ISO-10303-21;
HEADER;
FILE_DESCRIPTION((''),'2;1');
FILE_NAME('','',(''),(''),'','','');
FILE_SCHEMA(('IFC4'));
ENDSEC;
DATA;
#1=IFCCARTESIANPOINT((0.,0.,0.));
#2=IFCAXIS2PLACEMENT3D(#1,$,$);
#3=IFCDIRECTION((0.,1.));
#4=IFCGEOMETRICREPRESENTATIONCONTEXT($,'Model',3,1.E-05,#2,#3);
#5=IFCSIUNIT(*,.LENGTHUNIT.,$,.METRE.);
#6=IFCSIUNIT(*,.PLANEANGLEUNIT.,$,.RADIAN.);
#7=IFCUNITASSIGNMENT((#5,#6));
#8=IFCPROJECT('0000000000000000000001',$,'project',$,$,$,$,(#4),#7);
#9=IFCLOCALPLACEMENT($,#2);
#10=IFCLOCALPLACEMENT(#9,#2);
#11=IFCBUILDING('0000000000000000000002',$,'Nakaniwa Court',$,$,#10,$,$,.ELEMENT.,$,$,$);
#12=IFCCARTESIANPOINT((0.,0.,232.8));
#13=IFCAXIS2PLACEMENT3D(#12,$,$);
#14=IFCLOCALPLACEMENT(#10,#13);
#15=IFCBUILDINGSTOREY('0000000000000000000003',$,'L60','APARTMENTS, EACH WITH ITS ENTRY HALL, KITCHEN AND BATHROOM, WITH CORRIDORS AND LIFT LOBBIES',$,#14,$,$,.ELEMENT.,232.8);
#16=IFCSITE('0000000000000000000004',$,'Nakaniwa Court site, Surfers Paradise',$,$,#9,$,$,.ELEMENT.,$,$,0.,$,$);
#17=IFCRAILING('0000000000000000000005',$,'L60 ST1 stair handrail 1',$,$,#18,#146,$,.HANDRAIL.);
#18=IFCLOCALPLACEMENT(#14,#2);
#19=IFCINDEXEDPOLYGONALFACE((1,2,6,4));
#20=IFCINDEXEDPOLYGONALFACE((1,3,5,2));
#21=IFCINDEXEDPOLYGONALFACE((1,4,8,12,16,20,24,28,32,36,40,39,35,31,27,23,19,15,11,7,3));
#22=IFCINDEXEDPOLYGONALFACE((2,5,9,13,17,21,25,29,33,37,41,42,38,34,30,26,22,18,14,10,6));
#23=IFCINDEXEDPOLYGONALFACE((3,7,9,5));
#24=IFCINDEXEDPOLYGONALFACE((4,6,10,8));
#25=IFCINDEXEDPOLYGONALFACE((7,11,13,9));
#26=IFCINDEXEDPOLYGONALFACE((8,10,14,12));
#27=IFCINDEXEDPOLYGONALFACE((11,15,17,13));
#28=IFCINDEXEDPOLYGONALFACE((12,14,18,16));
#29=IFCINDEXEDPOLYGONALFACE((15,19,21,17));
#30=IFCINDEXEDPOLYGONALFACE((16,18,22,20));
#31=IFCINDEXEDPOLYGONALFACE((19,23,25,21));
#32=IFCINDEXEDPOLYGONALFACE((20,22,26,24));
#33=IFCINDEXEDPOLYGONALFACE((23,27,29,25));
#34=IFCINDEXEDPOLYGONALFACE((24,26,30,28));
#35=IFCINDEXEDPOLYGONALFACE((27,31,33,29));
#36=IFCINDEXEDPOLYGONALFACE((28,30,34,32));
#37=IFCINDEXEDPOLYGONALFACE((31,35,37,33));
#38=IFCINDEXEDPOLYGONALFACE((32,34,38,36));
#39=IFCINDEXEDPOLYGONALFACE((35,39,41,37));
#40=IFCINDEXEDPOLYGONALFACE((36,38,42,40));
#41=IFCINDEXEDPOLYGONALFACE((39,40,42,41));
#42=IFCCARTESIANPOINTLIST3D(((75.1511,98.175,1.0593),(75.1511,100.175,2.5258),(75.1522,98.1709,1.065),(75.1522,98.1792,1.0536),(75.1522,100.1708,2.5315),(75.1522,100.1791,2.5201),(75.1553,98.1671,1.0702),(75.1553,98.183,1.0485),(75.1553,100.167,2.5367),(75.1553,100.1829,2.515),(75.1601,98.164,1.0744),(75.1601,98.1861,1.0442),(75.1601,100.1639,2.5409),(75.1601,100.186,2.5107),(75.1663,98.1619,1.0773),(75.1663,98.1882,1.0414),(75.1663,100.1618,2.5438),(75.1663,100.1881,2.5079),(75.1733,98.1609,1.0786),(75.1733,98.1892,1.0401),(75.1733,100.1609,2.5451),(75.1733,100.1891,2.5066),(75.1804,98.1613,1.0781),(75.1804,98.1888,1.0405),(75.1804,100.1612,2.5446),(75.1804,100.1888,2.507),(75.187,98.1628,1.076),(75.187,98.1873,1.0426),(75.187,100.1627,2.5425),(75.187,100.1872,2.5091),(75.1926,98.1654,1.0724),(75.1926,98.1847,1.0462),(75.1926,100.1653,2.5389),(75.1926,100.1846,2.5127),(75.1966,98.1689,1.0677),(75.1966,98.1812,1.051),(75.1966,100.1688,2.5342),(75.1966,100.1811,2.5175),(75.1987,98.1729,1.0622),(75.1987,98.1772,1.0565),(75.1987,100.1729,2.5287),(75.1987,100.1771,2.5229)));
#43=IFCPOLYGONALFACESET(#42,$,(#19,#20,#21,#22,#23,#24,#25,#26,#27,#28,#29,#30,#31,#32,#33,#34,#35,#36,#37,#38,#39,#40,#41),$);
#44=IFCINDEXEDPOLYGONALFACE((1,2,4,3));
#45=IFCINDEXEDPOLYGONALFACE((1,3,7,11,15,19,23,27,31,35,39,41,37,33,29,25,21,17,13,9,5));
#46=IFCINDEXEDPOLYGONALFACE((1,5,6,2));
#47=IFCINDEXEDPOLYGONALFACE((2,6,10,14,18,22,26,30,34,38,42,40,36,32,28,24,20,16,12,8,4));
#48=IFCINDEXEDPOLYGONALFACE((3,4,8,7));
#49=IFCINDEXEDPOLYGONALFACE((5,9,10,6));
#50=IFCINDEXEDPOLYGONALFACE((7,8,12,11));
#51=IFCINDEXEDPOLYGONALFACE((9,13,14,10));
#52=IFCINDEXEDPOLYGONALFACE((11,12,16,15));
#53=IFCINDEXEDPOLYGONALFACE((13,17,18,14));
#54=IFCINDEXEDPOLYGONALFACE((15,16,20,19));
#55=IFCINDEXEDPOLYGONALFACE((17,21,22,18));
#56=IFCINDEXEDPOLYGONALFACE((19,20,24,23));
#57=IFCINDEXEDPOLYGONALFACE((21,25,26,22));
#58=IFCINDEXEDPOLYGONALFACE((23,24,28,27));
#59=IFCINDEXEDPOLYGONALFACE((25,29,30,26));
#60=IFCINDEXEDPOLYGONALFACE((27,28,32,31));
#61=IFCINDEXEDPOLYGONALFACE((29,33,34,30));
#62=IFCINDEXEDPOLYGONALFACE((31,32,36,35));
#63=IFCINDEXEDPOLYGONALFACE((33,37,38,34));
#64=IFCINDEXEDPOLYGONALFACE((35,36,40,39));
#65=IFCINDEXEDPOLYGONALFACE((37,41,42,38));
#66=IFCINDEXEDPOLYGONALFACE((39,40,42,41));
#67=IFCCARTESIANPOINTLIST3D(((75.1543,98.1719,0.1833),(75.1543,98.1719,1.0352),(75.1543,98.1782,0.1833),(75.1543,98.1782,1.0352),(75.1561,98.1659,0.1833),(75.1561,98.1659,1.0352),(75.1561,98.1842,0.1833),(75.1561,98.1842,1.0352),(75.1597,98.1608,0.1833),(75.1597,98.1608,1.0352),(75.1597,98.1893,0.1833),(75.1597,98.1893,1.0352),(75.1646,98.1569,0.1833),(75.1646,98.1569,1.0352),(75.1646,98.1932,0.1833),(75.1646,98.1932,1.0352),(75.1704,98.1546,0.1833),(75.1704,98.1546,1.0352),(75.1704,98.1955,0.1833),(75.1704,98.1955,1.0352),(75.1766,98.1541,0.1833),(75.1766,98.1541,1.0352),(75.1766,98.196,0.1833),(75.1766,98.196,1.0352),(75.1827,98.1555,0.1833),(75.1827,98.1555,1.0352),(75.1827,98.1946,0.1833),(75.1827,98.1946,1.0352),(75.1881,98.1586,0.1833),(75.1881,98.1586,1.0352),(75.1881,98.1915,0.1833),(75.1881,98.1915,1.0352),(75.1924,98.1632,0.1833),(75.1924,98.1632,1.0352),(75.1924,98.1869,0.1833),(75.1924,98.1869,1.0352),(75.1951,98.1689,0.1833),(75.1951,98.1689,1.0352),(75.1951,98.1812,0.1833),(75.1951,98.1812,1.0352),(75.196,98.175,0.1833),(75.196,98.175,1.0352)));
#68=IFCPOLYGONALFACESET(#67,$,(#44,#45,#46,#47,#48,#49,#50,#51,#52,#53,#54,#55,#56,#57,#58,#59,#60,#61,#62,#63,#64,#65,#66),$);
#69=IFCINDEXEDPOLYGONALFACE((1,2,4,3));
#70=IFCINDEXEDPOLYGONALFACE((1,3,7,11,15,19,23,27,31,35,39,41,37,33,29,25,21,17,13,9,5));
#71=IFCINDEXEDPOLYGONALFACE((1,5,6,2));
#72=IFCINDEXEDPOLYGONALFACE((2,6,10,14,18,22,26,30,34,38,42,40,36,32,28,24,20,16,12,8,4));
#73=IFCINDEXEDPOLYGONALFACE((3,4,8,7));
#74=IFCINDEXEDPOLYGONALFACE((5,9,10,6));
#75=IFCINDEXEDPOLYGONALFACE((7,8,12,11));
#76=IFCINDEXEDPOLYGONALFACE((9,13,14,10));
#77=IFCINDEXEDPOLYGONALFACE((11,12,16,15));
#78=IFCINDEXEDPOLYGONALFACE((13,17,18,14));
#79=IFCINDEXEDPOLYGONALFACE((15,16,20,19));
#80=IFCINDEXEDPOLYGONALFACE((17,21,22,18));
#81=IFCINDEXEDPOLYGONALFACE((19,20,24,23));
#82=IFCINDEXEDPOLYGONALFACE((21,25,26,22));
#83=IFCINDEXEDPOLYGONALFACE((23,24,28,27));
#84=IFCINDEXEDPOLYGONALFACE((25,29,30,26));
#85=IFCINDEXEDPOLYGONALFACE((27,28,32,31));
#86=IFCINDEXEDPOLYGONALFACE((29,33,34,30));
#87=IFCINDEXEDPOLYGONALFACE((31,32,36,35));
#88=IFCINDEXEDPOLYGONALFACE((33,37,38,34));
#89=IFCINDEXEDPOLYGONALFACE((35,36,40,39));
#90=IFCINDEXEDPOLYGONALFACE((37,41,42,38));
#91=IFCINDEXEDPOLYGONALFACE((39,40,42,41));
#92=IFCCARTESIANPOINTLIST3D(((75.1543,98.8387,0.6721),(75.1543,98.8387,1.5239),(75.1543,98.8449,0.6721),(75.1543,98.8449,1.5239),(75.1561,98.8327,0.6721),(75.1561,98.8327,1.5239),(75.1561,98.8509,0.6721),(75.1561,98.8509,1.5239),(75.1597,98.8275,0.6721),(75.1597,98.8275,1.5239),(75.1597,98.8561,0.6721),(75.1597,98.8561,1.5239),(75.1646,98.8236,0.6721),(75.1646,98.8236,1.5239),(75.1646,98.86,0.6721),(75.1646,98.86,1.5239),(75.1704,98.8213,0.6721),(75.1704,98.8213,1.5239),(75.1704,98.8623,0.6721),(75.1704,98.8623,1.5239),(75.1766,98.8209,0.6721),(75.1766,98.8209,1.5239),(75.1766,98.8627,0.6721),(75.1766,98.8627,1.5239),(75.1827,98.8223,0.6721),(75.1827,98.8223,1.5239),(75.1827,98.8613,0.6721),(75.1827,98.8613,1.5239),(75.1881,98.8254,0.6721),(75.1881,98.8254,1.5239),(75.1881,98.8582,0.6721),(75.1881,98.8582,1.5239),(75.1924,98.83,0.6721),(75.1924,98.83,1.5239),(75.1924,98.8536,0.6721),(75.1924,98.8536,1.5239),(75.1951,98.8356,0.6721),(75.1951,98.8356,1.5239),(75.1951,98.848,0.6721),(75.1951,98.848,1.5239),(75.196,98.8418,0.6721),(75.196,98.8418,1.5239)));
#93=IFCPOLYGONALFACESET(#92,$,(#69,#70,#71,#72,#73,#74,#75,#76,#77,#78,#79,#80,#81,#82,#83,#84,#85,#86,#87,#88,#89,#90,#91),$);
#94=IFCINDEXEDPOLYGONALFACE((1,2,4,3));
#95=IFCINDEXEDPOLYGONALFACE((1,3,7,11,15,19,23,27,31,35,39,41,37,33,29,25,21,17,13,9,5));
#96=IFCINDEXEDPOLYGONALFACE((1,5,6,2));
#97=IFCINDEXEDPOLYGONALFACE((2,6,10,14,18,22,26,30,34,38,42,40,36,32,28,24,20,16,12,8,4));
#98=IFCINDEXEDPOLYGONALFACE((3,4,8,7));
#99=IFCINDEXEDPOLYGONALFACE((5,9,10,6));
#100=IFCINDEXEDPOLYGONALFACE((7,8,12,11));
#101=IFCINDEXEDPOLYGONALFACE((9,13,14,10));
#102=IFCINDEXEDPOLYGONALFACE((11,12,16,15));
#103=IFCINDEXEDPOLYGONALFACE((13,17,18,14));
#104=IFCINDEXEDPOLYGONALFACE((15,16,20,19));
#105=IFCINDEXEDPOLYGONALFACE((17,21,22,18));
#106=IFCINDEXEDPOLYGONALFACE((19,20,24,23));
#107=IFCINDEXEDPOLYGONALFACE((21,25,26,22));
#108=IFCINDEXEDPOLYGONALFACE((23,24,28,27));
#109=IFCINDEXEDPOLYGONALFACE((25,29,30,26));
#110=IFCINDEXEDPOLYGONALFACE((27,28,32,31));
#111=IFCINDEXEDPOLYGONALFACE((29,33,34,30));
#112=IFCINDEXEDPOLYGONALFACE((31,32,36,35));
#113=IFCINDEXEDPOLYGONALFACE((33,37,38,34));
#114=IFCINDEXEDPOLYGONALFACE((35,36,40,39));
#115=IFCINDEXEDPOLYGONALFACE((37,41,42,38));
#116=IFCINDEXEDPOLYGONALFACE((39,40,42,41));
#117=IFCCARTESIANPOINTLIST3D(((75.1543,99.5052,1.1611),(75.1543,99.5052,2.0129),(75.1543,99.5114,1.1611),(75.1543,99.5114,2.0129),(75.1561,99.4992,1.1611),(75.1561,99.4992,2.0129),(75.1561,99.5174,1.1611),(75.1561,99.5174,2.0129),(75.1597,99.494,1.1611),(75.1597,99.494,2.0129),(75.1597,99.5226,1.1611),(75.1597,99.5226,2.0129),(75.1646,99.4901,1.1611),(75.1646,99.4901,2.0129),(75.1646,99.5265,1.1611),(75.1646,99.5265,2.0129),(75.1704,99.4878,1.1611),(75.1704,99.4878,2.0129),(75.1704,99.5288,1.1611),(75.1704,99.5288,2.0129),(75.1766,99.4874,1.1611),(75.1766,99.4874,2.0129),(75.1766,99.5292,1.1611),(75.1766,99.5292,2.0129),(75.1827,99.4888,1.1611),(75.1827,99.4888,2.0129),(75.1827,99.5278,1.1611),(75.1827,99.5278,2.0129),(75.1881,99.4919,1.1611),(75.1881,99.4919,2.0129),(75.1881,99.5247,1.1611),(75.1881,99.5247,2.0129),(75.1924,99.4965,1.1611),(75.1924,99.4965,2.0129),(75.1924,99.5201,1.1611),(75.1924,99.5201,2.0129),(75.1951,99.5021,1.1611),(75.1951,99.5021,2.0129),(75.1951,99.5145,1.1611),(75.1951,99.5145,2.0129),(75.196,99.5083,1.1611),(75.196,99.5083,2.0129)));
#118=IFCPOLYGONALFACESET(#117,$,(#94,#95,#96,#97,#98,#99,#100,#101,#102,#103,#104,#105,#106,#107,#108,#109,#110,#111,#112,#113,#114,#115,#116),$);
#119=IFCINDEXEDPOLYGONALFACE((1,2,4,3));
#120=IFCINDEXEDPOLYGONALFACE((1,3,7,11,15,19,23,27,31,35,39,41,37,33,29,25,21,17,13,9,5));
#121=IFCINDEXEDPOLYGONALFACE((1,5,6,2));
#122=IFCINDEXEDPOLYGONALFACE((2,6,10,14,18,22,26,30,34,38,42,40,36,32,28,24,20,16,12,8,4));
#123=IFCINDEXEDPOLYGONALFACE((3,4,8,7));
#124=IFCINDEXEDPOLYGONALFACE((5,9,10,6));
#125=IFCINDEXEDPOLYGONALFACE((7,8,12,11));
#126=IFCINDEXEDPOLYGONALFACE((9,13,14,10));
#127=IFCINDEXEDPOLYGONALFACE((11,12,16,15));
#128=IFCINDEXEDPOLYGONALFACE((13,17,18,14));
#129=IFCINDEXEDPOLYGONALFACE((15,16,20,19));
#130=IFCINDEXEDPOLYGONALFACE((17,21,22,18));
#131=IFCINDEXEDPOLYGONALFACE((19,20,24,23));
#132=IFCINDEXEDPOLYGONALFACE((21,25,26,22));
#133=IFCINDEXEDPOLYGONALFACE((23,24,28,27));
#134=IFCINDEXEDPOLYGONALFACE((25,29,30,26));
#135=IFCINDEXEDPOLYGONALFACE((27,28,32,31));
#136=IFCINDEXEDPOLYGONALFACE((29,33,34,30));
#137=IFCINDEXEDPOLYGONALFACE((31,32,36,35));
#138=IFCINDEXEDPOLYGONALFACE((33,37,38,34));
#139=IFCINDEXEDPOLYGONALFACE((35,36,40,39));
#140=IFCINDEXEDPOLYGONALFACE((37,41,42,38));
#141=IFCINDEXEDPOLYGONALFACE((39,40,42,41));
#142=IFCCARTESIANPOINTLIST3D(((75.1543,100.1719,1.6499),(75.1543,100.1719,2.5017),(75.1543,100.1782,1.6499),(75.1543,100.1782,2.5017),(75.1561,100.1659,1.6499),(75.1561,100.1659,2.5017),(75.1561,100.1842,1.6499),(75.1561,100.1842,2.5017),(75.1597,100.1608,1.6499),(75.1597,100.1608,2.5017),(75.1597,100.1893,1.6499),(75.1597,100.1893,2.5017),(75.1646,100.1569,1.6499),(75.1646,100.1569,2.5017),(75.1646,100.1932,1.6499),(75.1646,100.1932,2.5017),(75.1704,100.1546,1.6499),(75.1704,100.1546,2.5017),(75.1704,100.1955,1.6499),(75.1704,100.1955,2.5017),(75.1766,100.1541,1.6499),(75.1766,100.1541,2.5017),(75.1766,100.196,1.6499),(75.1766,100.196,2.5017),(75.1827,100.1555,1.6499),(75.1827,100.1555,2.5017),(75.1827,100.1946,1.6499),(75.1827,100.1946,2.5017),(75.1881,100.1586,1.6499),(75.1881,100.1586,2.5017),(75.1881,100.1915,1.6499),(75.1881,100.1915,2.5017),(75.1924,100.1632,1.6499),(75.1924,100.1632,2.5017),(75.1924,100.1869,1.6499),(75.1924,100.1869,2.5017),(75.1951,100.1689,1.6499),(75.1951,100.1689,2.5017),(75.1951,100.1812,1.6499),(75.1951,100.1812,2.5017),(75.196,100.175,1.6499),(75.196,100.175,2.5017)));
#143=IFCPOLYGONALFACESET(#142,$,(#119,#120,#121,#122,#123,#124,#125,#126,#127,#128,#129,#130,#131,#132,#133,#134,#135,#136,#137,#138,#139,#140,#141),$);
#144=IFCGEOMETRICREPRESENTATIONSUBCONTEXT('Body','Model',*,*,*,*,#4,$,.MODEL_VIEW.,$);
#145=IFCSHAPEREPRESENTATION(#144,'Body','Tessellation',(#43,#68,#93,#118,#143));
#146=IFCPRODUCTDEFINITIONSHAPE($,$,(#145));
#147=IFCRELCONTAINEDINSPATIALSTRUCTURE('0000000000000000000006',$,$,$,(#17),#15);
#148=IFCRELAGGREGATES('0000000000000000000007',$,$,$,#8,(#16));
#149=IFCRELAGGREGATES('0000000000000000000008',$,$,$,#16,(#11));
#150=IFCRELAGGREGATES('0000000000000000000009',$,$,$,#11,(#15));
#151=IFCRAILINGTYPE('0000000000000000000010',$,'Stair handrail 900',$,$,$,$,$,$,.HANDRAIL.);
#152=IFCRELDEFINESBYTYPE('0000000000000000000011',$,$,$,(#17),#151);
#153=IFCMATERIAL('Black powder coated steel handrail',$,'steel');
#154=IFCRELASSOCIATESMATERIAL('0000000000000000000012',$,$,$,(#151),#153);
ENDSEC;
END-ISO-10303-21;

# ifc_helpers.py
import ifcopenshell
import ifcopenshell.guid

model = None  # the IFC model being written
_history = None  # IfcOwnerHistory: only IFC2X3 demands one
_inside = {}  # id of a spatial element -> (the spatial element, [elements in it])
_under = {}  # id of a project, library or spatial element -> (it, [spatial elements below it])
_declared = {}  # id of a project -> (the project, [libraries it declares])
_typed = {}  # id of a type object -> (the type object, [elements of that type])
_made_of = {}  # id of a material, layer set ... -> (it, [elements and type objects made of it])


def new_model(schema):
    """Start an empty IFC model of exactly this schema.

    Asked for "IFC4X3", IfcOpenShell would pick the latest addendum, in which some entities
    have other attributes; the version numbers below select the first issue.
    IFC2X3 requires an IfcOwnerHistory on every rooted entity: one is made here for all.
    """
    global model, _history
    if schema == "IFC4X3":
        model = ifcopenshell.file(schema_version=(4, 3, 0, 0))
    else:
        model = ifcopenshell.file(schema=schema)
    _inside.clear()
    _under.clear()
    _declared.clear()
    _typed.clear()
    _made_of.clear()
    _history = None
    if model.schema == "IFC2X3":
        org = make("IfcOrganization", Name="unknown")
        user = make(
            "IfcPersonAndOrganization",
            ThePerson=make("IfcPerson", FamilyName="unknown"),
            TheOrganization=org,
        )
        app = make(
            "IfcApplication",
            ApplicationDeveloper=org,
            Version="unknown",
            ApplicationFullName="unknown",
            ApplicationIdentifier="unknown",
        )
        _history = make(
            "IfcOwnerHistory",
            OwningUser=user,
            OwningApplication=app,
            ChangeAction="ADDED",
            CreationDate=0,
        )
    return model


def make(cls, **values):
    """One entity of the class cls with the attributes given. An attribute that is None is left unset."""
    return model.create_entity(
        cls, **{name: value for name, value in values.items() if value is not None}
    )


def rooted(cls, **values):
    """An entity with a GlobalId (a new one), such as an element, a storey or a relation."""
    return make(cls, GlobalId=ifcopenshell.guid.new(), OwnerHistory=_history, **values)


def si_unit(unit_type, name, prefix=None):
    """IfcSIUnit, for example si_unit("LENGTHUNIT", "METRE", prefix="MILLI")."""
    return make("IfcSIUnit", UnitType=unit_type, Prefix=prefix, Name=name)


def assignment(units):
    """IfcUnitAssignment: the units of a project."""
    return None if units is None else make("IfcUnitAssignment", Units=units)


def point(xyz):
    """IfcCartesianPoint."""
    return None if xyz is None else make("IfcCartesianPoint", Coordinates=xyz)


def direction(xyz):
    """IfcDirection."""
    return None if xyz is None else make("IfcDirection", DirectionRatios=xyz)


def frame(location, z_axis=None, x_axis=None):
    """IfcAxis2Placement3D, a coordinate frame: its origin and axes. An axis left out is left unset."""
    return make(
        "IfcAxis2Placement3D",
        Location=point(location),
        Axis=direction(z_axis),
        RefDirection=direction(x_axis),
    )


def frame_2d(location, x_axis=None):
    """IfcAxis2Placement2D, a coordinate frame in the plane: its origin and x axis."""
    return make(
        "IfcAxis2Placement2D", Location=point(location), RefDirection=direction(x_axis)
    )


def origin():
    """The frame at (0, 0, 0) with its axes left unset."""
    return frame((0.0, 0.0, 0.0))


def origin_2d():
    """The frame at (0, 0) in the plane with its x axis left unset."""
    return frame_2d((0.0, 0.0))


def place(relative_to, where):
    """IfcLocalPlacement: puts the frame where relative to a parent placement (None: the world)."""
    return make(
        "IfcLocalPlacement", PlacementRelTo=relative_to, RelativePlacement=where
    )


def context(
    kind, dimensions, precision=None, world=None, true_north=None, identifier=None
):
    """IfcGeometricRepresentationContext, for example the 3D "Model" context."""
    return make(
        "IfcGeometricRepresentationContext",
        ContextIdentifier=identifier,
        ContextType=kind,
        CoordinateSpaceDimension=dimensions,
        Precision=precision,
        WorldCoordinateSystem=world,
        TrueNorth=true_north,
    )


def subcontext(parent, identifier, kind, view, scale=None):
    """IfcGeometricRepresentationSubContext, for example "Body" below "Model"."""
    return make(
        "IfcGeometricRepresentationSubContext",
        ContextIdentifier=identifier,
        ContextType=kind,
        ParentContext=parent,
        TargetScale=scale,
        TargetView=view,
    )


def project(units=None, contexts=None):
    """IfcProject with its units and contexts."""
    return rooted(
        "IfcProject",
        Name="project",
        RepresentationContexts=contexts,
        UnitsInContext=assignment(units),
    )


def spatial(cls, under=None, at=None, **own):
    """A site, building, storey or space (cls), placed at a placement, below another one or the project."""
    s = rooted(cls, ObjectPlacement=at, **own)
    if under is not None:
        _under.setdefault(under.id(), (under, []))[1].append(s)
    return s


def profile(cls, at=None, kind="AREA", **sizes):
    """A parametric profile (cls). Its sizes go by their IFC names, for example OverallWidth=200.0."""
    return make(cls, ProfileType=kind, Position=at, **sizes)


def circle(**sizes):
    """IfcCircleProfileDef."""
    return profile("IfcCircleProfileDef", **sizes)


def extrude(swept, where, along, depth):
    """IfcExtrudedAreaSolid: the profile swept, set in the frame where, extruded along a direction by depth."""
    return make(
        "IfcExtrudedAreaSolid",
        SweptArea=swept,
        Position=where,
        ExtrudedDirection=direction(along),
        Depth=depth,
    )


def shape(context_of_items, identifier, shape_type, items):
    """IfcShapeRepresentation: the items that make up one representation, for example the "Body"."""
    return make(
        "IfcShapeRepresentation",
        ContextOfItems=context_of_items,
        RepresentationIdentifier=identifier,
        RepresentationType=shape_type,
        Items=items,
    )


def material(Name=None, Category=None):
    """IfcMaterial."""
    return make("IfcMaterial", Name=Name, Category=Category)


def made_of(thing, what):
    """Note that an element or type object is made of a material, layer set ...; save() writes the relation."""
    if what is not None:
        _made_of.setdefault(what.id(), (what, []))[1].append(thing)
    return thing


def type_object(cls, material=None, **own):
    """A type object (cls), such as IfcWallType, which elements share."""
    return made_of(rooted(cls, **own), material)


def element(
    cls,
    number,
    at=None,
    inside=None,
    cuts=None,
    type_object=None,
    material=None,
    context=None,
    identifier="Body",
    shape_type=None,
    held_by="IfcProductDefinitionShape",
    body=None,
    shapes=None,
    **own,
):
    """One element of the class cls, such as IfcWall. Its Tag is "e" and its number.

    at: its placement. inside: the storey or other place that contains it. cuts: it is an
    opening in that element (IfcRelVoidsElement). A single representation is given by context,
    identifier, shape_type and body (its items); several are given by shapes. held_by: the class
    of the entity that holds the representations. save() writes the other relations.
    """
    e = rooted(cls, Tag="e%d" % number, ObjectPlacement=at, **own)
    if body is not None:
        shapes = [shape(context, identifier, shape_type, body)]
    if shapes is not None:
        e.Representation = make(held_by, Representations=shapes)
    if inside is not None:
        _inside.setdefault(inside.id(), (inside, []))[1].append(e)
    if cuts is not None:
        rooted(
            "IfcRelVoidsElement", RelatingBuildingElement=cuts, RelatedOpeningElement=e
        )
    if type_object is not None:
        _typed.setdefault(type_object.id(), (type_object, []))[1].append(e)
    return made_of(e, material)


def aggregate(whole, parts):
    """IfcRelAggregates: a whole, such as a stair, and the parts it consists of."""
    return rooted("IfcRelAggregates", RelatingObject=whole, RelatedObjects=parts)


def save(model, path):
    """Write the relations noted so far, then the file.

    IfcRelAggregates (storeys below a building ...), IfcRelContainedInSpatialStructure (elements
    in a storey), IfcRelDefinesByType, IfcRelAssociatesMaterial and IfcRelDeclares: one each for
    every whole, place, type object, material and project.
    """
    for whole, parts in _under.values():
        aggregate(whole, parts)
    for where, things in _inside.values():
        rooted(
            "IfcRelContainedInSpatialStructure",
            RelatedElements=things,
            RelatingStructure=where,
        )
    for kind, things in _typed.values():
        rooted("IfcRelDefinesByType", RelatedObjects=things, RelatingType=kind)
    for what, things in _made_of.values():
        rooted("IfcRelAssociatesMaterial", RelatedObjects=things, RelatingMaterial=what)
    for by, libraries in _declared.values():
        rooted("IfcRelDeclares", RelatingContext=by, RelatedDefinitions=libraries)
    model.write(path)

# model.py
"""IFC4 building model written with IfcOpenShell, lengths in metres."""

from ifc_helpers import new_model, si_unit, direction, frame, origin, origin_2d, place, context, subcontext, project, spatial, circle, extrude, material, type_object, element, save


model = new_model("IFC4")

# Units and contexts
model_context = context("Model", 3, precision=1e-05, world=origin(), true_north=direction((0.0, 1.0)))
body_context = subcontext(model_context, "Body", "Model", "MODEL_VIEW")
ifc_project = project(units=[si_unit("LENGTHUNIT", "METRE"), si_unit("PLANEANGLEUNIT", "RADIAN")], contexts=[model_context])

# Site, building, storey
site_placement = place(None, origin())
site = spatial("IfcSite", under=ifc_project, at=site_placement, Name="Nakaniwa Court site, Surfers Paradise", CompositionType="ELEMENT", RefElevation=0.0)
building_placement = place(site_placement, origin())
building = spatial("IfcBuilding", under=site, at=building_placement, Name="Nakaniwa Court", CompositionType="ELEMENT")
storey_placement = place(building_placement, frame((0.0, 0.0, 232.8)))
storey = spatial("IfcBuildingStorey", under=building, at=storey_placement, Name="L60", Description="APARTMENTS, EACH WITH ITS ENTRY HALL, KITCHEN AND BATHROOM, WITH CORRIDORS AND LIFT LOBBIES", CompositionType="ELEMENT", Elevation=232.8)

# Railing
ifc_material_1 = material(Name="Black powder coated steel handrail", Category="steel")
railing_type_1 = type_object("IfcRailingType", Name="Stair handrail 900", PredefinedType="HANDRAIL", material=ifc_material_1)
railing_1_placement = place(storey_placement, frame((75.175, 98.175, 0.1833)))
element("IfcRailing", 1, at=railing_1_placement, inside=storey, type_object=railing_type_1, Name="L60 ST1 stair handrail 1", PredefinedType="HANDRAIL", context=body_context, shape_type="SweptSolid", body=[
    extrude(circle(Radius=0.0239, at=origin_2d()), frame((0.0, 0.0, 0.876), z_axis=(0.0, 0.806427, 0.591334), x_axis=(-1.0, 0.0, 0.0)), (0.0, 0.0, 1.0), 2.48),
    extrude(circle(Radius=0.021, at=origin_2d()), origin(), (0.0, 0.0, 1.0), 0.8518),
    extrude(circle(Radius=0.021, at=origin_2d()), frame((0.0, 0.6667, 0.4888)), (0.0, 0.0, 1.0), 0.8518),
    extrude(circle(Radius=0.021, at=origin_2d()), frame((0.0, 1.3333, 0.9778)), (0.0, 0.0, 1.0), 0.8518),
    extrude(circle(Radius=0.021, at=origin_2d()), frame((0.0, 2.0, 1.4666)), (0.0, 0.0, 1.0), 0.8518),
])

save(model, "model.ifc")
